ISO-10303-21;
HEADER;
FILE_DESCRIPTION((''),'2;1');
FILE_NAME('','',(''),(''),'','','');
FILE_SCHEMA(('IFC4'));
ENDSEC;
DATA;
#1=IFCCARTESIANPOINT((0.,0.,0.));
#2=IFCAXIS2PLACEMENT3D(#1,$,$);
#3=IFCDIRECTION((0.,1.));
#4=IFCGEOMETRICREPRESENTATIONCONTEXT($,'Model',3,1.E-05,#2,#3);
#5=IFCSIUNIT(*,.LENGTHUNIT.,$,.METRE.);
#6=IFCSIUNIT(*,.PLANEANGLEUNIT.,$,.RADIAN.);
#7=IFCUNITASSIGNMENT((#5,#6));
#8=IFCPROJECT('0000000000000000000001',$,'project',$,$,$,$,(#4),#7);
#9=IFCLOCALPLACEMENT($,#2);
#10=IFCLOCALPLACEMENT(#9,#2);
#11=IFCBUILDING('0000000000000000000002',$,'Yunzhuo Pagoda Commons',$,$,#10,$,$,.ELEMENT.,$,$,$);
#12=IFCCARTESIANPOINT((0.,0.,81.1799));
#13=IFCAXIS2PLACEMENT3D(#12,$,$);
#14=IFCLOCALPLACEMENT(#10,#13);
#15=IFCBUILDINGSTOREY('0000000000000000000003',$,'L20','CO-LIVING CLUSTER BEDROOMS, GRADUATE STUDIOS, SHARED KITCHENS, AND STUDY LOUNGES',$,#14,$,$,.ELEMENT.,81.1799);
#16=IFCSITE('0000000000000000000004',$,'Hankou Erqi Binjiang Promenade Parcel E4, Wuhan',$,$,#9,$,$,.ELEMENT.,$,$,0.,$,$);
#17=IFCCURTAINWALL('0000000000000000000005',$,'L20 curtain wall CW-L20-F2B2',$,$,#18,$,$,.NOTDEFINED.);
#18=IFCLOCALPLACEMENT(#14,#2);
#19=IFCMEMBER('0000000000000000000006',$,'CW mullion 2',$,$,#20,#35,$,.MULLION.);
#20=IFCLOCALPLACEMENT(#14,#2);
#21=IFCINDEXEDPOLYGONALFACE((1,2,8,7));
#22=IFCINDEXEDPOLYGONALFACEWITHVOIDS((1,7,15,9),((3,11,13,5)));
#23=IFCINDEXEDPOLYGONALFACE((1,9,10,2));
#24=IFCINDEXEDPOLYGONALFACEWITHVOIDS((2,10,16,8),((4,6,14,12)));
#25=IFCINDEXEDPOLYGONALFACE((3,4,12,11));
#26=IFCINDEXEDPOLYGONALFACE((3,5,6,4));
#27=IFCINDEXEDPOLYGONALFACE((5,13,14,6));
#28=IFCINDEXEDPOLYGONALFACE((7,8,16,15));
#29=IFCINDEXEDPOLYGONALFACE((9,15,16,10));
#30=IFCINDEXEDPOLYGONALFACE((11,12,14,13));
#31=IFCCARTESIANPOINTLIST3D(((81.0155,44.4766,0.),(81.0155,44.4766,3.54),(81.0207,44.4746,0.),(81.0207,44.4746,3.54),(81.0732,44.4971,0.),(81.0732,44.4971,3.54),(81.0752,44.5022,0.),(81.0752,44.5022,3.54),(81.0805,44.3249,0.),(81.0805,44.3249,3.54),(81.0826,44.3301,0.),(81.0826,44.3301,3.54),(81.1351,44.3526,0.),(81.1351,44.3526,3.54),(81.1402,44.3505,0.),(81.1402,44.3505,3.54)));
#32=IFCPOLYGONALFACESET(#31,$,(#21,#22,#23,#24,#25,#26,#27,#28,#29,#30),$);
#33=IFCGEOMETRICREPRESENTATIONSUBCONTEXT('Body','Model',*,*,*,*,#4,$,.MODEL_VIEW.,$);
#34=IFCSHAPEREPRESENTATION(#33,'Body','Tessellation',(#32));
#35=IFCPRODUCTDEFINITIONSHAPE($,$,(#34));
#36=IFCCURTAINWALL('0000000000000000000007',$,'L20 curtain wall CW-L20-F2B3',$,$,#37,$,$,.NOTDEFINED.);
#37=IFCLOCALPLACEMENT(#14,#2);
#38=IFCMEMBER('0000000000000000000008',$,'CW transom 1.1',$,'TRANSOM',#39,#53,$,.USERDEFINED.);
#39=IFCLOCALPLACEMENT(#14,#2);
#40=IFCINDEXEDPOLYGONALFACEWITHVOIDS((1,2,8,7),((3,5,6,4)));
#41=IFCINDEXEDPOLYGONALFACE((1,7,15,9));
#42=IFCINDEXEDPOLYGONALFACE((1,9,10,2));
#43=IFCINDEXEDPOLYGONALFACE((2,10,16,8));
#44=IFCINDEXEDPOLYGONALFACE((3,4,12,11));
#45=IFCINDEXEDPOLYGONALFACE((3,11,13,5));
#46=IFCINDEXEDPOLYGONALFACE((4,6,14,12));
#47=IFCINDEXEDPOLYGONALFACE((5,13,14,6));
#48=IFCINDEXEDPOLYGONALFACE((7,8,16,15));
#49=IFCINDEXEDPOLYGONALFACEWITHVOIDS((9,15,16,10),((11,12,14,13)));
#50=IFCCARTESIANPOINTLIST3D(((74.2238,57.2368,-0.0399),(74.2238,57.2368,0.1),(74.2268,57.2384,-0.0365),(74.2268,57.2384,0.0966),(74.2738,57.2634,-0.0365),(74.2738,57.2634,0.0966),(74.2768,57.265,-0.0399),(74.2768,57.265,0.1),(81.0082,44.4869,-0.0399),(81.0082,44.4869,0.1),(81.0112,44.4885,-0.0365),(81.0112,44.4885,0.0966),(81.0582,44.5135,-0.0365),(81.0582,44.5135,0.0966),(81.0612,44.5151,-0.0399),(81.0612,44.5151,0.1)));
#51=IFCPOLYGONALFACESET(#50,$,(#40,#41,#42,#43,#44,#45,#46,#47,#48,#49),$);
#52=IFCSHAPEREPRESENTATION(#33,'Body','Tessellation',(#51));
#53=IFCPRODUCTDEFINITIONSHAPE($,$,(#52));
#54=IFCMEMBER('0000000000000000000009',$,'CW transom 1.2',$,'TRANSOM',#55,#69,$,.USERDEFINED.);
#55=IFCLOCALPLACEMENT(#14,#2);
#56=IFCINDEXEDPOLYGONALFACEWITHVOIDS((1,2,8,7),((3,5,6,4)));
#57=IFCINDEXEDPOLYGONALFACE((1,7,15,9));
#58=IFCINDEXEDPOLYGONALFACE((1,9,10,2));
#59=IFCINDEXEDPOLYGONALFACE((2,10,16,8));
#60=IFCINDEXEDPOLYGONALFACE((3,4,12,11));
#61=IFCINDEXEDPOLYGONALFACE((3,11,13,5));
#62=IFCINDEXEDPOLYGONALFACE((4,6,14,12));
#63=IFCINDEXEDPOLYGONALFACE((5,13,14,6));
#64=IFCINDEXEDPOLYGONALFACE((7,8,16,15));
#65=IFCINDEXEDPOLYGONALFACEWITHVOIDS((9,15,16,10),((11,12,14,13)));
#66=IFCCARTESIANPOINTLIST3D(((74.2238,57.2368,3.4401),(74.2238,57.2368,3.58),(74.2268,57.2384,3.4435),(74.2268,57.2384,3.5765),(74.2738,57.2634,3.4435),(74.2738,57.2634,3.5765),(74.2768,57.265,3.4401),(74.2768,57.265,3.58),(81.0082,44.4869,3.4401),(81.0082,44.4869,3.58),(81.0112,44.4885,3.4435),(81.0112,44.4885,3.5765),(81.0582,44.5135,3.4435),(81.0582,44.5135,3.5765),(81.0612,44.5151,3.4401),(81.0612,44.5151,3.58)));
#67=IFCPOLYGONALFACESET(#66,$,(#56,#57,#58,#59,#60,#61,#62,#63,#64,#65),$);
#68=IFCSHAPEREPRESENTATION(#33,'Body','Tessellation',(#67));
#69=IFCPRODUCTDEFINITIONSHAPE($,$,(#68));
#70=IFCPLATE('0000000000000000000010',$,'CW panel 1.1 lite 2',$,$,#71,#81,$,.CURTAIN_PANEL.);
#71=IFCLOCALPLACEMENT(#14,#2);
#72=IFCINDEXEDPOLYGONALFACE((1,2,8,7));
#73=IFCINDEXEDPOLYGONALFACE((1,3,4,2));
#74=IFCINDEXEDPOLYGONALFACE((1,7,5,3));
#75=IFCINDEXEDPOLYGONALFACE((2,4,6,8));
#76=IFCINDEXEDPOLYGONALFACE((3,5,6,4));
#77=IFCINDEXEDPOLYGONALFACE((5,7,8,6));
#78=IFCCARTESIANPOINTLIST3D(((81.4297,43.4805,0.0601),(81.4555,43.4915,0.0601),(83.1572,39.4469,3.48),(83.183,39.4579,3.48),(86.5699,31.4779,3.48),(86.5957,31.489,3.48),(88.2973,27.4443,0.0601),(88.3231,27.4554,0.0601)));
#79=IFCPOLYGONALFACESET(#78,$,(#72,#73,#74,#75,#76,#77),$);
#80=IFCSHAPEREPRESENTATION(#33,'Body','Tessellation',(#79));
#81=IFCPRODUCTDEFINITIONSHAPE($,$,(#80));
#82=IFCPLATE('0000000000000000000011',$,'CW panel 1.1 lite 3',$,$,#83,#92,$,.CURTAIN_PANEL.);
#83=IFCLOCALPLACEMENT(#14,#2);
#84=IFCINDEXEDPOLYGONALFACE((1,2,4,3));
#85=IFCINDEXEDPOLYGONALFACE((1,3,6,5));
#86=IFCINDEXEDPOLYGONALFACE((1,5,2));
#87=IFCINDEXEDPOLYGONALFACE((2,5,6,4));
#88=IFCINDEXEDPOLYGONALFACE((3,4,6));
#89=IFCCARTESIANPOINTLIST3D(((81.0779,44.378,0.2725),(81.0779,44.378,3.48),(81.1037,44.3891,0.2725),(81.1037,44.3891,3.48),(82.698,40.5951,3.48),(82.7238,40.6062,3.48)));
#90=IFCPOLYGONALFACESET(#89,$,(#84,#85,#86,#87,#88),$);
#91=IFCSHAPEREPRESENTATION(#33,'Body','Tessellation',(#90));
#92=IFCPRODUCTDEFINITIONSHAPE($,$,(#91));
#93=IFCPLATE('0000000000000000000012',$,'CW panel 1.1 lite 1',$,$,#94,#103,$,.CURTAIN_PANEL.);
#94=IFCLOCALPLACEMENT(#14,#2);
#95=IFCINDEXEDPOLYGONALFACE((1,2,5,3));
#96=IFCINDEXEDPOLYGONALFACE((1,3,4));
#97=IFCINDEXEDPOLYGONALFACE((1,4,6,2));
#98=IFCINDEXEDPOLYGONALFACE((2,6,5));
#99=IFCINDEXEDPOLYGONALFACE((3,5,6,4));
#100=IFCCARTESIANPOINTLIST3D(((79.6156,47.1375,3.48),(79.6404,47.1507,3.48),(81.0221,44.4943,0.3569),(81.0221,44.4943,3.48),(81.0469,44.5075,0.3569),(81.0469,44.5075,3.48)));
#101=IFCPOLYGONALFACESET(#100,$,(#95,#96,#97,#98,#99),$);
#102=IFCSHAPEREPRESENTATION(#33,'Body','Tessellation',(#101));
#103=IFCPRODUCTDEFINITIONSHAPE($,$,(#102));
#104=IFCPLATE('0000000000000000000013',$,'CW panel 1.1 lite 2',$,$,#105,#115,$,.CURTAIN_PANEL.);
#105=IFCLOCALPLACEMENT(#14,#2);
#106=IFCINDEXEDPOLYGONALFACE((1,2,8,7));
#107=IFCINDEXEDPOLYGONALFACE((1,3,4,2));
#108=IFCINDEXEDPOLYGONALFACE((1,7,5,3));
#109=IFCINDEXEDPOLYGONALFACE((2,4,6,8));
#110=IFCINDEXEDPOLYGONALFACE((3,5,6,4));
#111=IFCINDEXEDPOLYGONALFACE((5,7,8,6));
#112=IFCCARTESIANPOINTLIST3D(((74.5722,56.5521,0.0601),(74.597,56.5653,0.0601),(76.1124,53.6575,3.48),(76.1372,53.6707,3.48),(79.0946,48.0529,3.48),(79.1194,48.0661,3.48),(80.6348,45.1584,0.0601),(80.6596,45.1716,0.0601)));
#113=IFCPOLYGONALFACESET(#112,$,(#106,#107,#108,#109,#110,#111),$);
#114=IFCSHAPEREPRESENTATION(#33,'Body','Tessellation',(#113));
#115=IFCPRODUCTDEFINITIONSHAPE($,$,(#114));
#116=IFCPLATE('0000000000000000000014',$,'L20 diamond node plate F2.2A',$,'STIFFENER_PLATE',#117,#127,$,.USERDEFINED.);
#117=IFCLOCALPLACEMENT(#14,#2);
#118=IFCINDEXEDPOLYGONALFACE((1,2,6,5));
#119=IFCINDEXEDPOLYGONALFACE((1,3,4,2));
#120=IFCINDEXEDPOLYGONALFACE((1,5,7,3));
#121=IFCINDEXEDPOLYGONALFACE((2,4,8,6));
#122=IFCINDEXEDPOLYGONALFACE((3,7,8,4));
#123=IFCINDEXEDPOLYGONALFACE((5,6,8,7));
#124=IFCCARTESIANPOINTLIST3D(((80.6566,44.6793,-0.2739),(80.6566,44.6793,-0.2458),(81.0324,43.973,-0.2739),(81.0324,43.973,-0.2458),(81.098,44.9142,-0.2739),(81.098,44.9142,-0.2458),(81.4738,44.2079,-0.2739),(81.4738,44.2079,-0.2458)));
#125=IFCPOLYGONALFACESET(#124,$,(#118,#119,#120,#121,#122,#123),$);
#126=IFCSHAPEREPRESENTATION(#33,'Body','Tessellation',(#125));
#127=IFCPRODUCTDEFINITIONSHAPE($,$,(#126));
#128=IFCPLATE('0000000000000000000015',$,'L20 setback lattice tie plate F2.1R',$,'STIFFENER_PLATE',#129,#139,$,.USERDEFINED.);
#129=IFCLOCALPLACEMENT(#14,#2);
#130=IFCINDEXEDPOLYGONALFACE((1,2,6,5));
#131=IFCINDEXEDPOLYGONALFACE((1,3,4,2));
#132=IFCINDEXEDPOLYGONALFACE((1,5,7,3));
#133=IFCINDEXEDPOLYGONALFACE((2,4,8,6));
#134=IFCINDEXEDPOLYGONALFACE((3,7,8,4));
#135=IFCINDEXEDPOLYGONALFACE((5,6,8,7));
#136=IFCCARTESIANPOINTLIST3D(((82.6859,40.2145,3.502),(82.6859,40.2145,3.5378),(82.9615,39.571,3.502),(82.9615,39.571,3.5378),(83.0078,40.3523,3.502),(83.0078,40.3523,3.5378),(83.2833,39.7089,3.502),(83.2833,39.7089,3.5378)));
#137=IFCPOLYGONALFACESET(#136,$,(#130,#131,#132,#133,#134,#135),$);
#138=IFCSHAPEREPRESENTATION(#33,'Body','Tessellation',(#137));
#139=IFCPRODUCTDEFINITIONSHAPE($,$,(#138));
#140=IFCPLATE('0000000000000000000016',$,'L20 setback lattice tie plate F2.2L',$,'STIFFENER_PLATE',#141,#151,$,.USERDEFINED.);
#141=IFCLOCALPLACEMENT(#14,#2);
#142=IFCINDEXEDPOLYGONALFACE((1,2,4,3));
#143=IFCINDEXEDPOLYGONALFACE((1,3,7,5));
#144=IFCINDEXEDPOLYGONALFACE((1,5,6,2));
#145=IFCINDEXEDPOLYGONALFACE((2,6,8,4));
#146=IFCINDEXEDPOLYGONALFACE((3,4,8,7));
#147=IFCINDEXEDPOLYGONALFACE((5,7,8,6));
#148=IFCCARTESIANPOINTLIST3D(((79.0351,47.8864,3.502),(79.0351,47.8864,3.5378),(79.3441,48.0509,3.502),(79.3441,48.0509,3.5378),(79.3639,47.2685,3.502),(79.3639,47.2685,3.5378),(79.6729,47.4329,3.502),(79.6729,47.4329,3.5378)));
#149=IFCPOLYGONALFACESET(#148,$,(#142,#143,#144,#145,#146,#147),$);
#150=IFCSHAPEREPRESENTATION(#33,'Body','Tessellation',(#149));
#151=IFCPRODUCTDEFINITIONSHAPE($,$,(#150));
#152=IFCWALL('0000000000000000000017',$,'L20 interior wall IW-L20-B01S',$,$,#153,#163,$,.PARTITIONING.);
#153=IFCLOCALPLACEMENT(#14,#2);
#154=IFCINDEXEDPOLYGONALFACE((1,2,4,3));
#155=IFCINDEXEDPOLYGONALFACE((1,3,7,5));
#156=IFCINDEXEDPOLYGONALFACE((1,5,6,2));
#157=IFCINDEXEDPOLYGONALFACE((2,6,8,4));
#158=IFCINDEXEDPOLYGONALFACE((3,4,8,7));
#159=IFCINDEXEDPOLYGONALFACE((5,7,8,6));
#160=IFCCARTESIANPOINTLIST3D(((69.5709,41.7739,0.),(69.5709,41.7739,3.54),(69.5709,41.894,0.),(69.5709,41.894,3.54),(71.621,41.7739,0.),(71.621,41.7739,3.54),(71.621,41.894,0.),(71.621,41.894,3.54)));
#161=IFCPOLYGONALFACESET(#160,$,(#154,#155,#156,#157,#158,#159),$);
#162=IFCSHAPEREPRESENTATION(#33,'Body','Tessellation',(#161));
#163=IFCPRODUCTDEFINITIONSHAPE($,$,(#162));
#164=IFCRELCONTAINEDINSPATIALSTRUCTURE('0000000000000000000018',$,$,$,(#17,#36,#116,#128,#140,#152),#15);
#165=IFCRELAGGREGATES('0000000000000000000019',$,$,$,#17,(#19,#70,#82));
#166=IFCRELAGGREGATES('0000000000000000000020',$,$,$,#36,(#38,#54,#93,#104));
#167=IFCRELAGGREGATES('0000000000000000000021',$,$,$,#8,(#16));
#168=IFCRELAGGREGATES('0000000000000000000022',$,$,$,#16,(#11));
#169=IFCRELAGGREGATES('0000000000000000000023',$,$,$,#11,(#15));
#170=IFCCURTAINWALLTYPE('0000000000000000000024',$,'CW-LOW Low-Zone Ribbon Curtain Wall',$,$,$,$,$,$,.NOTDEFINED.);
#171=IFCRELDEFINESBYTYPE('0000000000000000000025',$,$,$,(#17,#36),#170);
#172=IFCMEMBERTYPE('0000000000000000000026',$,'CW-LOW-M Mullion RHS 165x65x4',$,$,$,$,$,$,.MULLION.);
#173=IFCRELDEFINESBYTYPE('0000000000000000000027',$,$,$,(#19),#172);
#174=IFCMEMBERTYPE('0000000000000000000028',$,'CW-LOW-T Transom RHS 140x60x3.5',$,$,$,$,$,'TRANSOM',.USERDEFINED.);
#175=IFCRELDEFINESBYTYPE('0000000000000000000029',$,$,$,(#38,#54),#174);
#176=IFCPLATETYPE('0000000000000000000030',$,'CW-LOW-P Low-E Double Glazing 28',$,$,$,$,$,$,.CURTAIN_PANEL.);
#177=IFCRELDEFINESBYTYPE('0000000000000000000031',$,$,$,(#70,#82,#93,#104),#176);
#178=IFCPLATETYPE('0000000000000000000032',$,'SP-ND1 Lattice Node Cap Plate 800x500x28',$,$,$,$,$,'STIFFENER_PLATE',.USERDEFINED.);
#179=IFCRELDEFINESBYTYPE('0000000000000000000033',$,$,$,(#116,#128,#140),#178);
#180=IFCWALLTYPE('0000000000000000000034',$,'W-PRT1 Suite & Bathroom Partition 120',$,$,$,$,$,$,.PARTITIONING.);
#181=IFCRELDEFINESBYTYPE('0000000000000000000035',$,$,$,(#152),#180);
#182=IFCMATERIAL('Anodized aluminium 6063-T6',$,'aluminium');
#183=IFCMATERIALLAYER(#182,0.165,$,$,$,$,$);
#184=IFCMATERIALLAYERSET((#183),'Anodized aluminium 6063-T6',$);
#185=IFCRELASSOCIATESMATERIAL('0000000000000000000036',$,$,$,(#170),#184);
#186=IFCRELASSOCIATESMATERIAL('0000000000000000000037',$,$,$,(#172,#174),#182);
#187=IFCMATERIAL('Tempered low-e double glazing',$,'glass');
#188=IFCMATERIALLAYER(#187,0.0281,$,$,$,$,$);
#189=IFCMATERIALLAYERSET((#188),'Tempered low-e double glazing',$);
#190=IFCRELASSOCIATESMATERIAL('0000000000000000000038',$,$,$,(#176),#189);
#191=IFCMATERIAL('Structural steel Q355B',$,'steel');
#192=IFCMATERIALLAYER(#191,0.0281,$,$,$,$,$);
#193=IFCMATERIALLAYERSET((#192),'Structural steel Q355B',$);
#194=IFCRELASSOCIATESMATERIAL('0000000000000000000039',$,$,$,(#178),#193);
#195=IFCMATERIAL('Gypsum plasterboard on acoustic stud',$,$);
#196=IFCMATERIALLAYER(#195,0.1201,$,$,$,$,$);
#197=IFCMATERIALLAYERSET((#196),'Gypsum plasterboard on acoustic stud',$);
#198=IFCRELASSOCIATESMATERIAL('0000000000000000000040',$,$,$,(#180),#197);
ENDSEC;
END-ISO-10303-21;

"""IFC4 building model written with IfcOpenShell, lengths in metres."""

from ifc_helpers import new_model, si_unit, direction, frame, frame_2d, origin, origin_2d, place, context, subcontext, project, spatial, polyline, rectangle, hollow_rectangle, outline, extrude, source, transform, mapped, material, layer, layer_set, material_profile, profile_set, type_object, element, aggregate, save


model = new_model("IFC4")

# Units and contexts
model_context = context("Model", 3, precision=1e-05, world=origin(), true_north=direction((0.0, 1.0)))
body_context = subcontext(model_context, "Body", "Model", "MODEL_VIEW")
ifc_project = project(units=[si_unit("LENGTHUNIT", "METRE"), si_unit("PLANEANGLEUNIT", "RADIAN")], contexts=[model_context])

# Site, building, storey
site_placement = place(None, origin())
site = spatial("IfcSite", under=ifc_project, at=site_placement, Name="Hankou Erqi Binjiang Promenade Parcel E4, Wuhan", CompositionType="ELEMENT", RefElevation=0.0)
building_placement = place(site_placement, origin())
building = spatial("IfcBuilding", under=site, at=building_placement, Name="Yunzhuo Pagoda Commons", CompositionType="ELEMENT")
storey_placement = place(building_placement, frame((0.0, 0.0, 81.1799)))
storey = spatial("IfcBuildingStorey", under=building, at=storey_placement, Name="L20", Description="CO-LIVING CLUSTER BEDROOMS, GRADUATE STUDIOS, SHARED KITCHENS, AND STUDY LOUNGES", CompositionType="ELEMENT", Elevation=81.1799)

# Shared definitions
ifc_material_1 = material(Name="Structural steel Q355B", Category="steel")

# Curtain wall, member
ifc_material_2 = material(Name="Anodized aluminium 6063-T6", Category="aluminium")
ifc_layer_1 = layer(ifc_material_2, 0.165)
ifc_layer_set_1 = layer_set([ifc_layer_1], Name="Anodized aluminium 6063-T6")
curtain_wall_type = type_object("IfcCurtainWallType", Name="CW-LOW Low-Zone Ribbon Curtain Wall", PredefinedType="NOTDEFINED", material=ifc_layer_set_1)
curtain_wall_1_placement = place(storey_placement, origin())
curtain_wall_1 = element("IfcCurtainWall", 1, at=curtain_wall_1_placement, inside=storey, type_object=curtain_wall_type, Name="L20 curtain wall CW-L20-F2B2", PredefinedType="NOTDEFINED")
ifc_material_profile_1 = material_profile(ifc_material_2, hollow_rectangle(XDim=0.0649, YDim=0.165, WallThickness=0.0039, at=origin_2d()), Name="Anodized aluminium 6063-T6")
ifc_profile_set_1 = profile_set([ifc_material_profile_1], Name="Anodized aluminium 6063-T6")
member_type_1 = type_object("IfcMemberType", Name="CW-LOW-M Mullion RHS 165x65x4", PredefinedType="MULLION", material=ifc_profile_set_1)
shared_shape_1 = source(origin(), body_context, "Body", "SweptSolid", [
    extrude(hollow_rectangle(XDim=0.0649, YDim=0.165, WallThickness=0.0039, at=origin_2d()), origin(), (0.0, 0.0, 1.0), 3.54),
])
member_1_placement = place(storey_placement, frame((81.0779, 44.4136, 0.0), z_axis=(0.0, 0.0, 1.0), x_axis=(-0.91925, -0.393674, 0.0)))
member_1 = element("IfcMember", 2, at=member_1_placement, type_object=member_type_1, Name="CW mullion 2", PredefinedType="MULLION", context=body_context, shape_type="MappedRepresentation", body=[
    mapped(shared_shape_1, transform((0.0, 0.0, 0.0), scale=1.0)),
])

# Curtain wall, members
curtain_wall_2_placement = place(storey_placement, origin())
curtain_wall_2 = element("IfcCurtainWall", 3, at=curtain_wall_2_placement, inside=storey, type_object=curtain_wall_type, Name="L20 curtain wall CW-L20-F2B3", PredefinedType="NOTDEFINED")
ifc_material_profile_2 = material_profile(ifc_material_2, hollow_rectangle(XDim=0.0601, YDim=0.1399, WallThickness=0.0034, at=origin_2d()), Name="Anodized aluminium 6063-T6")
ifc_profile_set_2 = profile_set([ifc_material_profile_2], Name="Anodized aluminium 6063-T6")
member_type_2 = type_object("IfcMemberType", Name="CW-LOW-T Transom RHS 140x60x3.5", ElementType="TRANSOM", PredefinedType="USERDEFINED", material=ifc_profile_set_2)
shared_shape_2 = source(origin(), body_context, "Body", "SweptSolid", [
    extrude(hollow_rectangle(XDim=0.0601, YDim=0.1399, WallThickness=0.0034, at=origin_2d()), origin(), (0.0, 0.0, 1.0), 14.4426),
])
member_2_placement = place(storey_placement, frame((81.0347, 44.501, 0.03), z_axis=(-0.469748, 0.8828, 0.0), x_axis=(-0.8828, -0.469748, 0.0)))
member_2 = element("IfcMember", 4, at=member_2_placement, type_object=member_type_2, Name="CW transom 1.1", ObjectType="TRANSOM", PredefinedType="USERDEFINED", context=body_context, shape_type="MappedRepresentation", body=[
    mapped(shared_shape_2, transform((0.0, 0.0, 0.0), scale=1.0)),
])
member_3_placement = place(storey_placement, frame((81.0347, 44.501, 3.51), z_axis=(-0.469748, 0.8828, 0.0), x_axis=(-0.8828, -0.469748, 0.0)))
member_3 = element("IfcMember", 5, at=member_3_placement, type_object=member_type_2, Name="CW transom 1.2", ObjectType="TRANSOM", PredefinedType="USERDEFINED", context=body_context, shape_type="MappedRepresentation", body=[
    mapped(shared_shape_2, transform((0.0, 0.0, 0.0), scale=1.0)),
])

# Plates
ifc_material_3 = material(Name="Tempered low-e double glazing", Category="glass")
ifc_layer_2 = layer(ifc_material_3, 0.0281)
ifc_layer_set_2 = layer_set([ifc_layer_2], Name="Tempered low-e double glazing")
plate_type_1 = type_object("IfcPlateType", Name="CW-LOW-P Low-E Double Glazing 28", PredefinedType="CURTAIN_PANEL", material=ifc_layer_set_2)
plate_1_placement = place(storey_placement, frame((84.8635, 35.4624, 1.77), z_axis=(0.91925, 0.393674, 0.0), x_axis=(-0.393674, 0.91925, 0.0)))
plate_1 = element("IfcPlate", 6, at=plate_1_placement, type_object=plate_type_1, Name="CW panel 1.1 lite 2", PredefinedType="CURTAIN_PANEL", context=body_context, shape_type="SweptSolid", body=[
    extrude(outline(polyline([(-8.7224, -1.71), (8.7224, -1.71), (4.3345, 1.71), (-4.3345, 1.71), (-8.7224, -1.71)])), origin(), (0.0, 0.0, 1.0), 0.0281),
])
plate_2_placement = place(storey_placement, frame((81.8879, 42.4866, 1.8762), z_axis=(0.91925, 0.393674, 0.0), x_axis=(-0.393674, 0.91925, 0.0)))
plate_2 = element("IfcPlate", 7, at=plate_2_placement, type_object=plate_type_1, Name="CW panel 1.1 lite 3", PredefinedType="CURTAIN_PANEL", context=body_context, shape_type="SweptSolid", body=[
    extrude(outline(polyline([(-2.0576, 1.6038), (2.0576, -1.6038), (2.0576, 1.6038), (-2.0576, 1.6038)])), origin(), (0.0, 0.0, 1.0), 0.0281),
])
aggregate(curtain_wall_1, [member_1, plate_1, plate_2])
plate_3_placement = place(storey_placement, frame((80.3188, 45.8159, 1.9185), z_axis=(0.882805, 0.46974, 0.0), x_axis=(-0.46974, 0.882805, 0.0)))
plate_3 = element("IfcPlate", 8, at=plate_3_placement, type_object=plate_type_1, Name="CW panel 1.1 lite 1", PredefinedType="CURTAIN_PANEL", context=body_context, shape_type="SweptSolid", body=[
    extrude(outline(polyline([(-1.4971, -1.5615), (1.4971, 1.5615), (-1.4971, 1.5615), (-1.4971, -1.5615)])), origin(), (0.0, 0.0, 1.0), 0.0281),
])
plate_4_placement = place(storey_placement, frame((77.6035, 50.8552, 1.77), z_axis=(0.882805, 0.46974, 0.0), x_axis=(-0.46974, 0.882805, 0.0)))
plate_4 = element("IfcPlate", 9, at=plate_4_placement, type_object=plate_type_1, Name="CW panel 1.1 lite 2", PredefinedType="CURTAIN_PANEL", context=body_context, shape_type="SweptSolid", body=[
    extrude(outline(polyline([(-6.4531, -1.71), (6.4531, -1.71), (3.1743, 1.71), (-3.1743, 1.71), (-6.4531, -1.71)])), origin(), (0.0, 0.0, 1.0), 0.0281),
])
aggregate(curtain_wall_2, [member_2, member_3, plate_3, plate_4])

# Plates
ifc_layer_3 = layer(ifc_material_1, 0.0281)
ifc_layer_set_3 = layer_set([ifc_layer_3], Name="Structural steel Q355B")
plate_type_2 = type_object("IfcPlateType", Name="SP-ND1 Lattice Node Cap Plate 800x500x28", ElementType="STIFFENER_PLATE", PredefinedType="USERDEFINED", material=ifc_layer_set_3)
shared_shape_3 = source(origin(), body_context, "Body", "SweptSolid", [
    extrude(rectangle(XDim=0.8, YDim=0.5, at=origin_2d()), origin(), (0.0, 0.0, 1.0), 0.0281),
])
plate_5_placement = place(storey_placement, frame((81.0652, 44.4436, -0.2739), z_axis=(0.0, 0.0, 1.0), x_axis=(-0.469734, 0.882808, 0.0)))
element("IfcPlate", 10, at=plate_5_placement, inside=storey, type_object=plate_type_2, Name="L20 diamond node plate F2.2A", ObjectType="STIFFENER_PLATE", PredefinedType="USERDEFINED", context=body_context, shape_type="MappedRepresentation", body=[
    mapped(shared_shape_3, transform((0.0, 0.0, 0.0), scale=1.0)),
])
shared_shape_4 = source(origin(), body_context, "Body", "SweptSolid", [
    extrude(rectangle(XDim=0.7, YDim=0.3501, at=origin_2d()), origin(), (0.0, 0.0, 1.0), 0.0359),
])
for number, where, z_axis, x_axis, name in (
    (11, (82.9846, 39.9617, 3.502), (0.0, 0.0, 1.0), (-0.393669, 0.919252, 0.0), "L20 setback lattice tie plate F2.1R"),
    (12, (79.354, 47.6597, 3.502), (0.0, 0.0, 1.0), (-0.469734, 0.882808, 0.0), "L20 setback lattice tie plate F2.2L"),
):
    element("IfcPlate", number, at=place(storey_placement, frame(where, z_axis=z_axis, x_axis=x_axis)), inside=storey, type_object=plate_type_2, Name=name, ObjectType="STIFFENER_PLATE", PredefinedType="USERDEFINED", context=body_context, shape_type="MappedRepresentation", body=[
        mapped(shared_shape_4, transform((0.0, 0.0, 0.0), scale=1.0)),
    ])

# Wall
ifc_material_4 = material(Name="Gypsum plasterboard on acoustic stud")
ifc_layer_4 = layer(ifc_material_4, 0.1201)
ifc_layer_set_4 = layer_set([ifc_layer_4], Name="Gypsum plasterboard on acoustic stud")
wall_type = type_object("IfcWallType", Name="W-PRT1 Suite & Bathroom Partition 120", PredefinedType="PARTITIONING", material=ifc_layer_set_4)
wall_1_placement = place(storey_placement, frame((69.571, 41.834, 0.0), z_axis=(0.0, 0.0, 1.0), x_axis=(1.0, 0.0, 0.0)))
element("IfcWall", 13, at=wall_1_placement, inside=storey, type_object=wall_type, Name="L20 interior wall IW-L20-B01S", PredefinedType="PARTITIONING", context=body_context, shape_type="SweptSolid", body=[
    extrude(rectangle(XDim=2.05, YDim=0.1201, at=frame_2d((1.0249, 0.0))), origin(), (0.0, 0.0, 1.0), 3.54),
])

save(model, "model.ifc")
